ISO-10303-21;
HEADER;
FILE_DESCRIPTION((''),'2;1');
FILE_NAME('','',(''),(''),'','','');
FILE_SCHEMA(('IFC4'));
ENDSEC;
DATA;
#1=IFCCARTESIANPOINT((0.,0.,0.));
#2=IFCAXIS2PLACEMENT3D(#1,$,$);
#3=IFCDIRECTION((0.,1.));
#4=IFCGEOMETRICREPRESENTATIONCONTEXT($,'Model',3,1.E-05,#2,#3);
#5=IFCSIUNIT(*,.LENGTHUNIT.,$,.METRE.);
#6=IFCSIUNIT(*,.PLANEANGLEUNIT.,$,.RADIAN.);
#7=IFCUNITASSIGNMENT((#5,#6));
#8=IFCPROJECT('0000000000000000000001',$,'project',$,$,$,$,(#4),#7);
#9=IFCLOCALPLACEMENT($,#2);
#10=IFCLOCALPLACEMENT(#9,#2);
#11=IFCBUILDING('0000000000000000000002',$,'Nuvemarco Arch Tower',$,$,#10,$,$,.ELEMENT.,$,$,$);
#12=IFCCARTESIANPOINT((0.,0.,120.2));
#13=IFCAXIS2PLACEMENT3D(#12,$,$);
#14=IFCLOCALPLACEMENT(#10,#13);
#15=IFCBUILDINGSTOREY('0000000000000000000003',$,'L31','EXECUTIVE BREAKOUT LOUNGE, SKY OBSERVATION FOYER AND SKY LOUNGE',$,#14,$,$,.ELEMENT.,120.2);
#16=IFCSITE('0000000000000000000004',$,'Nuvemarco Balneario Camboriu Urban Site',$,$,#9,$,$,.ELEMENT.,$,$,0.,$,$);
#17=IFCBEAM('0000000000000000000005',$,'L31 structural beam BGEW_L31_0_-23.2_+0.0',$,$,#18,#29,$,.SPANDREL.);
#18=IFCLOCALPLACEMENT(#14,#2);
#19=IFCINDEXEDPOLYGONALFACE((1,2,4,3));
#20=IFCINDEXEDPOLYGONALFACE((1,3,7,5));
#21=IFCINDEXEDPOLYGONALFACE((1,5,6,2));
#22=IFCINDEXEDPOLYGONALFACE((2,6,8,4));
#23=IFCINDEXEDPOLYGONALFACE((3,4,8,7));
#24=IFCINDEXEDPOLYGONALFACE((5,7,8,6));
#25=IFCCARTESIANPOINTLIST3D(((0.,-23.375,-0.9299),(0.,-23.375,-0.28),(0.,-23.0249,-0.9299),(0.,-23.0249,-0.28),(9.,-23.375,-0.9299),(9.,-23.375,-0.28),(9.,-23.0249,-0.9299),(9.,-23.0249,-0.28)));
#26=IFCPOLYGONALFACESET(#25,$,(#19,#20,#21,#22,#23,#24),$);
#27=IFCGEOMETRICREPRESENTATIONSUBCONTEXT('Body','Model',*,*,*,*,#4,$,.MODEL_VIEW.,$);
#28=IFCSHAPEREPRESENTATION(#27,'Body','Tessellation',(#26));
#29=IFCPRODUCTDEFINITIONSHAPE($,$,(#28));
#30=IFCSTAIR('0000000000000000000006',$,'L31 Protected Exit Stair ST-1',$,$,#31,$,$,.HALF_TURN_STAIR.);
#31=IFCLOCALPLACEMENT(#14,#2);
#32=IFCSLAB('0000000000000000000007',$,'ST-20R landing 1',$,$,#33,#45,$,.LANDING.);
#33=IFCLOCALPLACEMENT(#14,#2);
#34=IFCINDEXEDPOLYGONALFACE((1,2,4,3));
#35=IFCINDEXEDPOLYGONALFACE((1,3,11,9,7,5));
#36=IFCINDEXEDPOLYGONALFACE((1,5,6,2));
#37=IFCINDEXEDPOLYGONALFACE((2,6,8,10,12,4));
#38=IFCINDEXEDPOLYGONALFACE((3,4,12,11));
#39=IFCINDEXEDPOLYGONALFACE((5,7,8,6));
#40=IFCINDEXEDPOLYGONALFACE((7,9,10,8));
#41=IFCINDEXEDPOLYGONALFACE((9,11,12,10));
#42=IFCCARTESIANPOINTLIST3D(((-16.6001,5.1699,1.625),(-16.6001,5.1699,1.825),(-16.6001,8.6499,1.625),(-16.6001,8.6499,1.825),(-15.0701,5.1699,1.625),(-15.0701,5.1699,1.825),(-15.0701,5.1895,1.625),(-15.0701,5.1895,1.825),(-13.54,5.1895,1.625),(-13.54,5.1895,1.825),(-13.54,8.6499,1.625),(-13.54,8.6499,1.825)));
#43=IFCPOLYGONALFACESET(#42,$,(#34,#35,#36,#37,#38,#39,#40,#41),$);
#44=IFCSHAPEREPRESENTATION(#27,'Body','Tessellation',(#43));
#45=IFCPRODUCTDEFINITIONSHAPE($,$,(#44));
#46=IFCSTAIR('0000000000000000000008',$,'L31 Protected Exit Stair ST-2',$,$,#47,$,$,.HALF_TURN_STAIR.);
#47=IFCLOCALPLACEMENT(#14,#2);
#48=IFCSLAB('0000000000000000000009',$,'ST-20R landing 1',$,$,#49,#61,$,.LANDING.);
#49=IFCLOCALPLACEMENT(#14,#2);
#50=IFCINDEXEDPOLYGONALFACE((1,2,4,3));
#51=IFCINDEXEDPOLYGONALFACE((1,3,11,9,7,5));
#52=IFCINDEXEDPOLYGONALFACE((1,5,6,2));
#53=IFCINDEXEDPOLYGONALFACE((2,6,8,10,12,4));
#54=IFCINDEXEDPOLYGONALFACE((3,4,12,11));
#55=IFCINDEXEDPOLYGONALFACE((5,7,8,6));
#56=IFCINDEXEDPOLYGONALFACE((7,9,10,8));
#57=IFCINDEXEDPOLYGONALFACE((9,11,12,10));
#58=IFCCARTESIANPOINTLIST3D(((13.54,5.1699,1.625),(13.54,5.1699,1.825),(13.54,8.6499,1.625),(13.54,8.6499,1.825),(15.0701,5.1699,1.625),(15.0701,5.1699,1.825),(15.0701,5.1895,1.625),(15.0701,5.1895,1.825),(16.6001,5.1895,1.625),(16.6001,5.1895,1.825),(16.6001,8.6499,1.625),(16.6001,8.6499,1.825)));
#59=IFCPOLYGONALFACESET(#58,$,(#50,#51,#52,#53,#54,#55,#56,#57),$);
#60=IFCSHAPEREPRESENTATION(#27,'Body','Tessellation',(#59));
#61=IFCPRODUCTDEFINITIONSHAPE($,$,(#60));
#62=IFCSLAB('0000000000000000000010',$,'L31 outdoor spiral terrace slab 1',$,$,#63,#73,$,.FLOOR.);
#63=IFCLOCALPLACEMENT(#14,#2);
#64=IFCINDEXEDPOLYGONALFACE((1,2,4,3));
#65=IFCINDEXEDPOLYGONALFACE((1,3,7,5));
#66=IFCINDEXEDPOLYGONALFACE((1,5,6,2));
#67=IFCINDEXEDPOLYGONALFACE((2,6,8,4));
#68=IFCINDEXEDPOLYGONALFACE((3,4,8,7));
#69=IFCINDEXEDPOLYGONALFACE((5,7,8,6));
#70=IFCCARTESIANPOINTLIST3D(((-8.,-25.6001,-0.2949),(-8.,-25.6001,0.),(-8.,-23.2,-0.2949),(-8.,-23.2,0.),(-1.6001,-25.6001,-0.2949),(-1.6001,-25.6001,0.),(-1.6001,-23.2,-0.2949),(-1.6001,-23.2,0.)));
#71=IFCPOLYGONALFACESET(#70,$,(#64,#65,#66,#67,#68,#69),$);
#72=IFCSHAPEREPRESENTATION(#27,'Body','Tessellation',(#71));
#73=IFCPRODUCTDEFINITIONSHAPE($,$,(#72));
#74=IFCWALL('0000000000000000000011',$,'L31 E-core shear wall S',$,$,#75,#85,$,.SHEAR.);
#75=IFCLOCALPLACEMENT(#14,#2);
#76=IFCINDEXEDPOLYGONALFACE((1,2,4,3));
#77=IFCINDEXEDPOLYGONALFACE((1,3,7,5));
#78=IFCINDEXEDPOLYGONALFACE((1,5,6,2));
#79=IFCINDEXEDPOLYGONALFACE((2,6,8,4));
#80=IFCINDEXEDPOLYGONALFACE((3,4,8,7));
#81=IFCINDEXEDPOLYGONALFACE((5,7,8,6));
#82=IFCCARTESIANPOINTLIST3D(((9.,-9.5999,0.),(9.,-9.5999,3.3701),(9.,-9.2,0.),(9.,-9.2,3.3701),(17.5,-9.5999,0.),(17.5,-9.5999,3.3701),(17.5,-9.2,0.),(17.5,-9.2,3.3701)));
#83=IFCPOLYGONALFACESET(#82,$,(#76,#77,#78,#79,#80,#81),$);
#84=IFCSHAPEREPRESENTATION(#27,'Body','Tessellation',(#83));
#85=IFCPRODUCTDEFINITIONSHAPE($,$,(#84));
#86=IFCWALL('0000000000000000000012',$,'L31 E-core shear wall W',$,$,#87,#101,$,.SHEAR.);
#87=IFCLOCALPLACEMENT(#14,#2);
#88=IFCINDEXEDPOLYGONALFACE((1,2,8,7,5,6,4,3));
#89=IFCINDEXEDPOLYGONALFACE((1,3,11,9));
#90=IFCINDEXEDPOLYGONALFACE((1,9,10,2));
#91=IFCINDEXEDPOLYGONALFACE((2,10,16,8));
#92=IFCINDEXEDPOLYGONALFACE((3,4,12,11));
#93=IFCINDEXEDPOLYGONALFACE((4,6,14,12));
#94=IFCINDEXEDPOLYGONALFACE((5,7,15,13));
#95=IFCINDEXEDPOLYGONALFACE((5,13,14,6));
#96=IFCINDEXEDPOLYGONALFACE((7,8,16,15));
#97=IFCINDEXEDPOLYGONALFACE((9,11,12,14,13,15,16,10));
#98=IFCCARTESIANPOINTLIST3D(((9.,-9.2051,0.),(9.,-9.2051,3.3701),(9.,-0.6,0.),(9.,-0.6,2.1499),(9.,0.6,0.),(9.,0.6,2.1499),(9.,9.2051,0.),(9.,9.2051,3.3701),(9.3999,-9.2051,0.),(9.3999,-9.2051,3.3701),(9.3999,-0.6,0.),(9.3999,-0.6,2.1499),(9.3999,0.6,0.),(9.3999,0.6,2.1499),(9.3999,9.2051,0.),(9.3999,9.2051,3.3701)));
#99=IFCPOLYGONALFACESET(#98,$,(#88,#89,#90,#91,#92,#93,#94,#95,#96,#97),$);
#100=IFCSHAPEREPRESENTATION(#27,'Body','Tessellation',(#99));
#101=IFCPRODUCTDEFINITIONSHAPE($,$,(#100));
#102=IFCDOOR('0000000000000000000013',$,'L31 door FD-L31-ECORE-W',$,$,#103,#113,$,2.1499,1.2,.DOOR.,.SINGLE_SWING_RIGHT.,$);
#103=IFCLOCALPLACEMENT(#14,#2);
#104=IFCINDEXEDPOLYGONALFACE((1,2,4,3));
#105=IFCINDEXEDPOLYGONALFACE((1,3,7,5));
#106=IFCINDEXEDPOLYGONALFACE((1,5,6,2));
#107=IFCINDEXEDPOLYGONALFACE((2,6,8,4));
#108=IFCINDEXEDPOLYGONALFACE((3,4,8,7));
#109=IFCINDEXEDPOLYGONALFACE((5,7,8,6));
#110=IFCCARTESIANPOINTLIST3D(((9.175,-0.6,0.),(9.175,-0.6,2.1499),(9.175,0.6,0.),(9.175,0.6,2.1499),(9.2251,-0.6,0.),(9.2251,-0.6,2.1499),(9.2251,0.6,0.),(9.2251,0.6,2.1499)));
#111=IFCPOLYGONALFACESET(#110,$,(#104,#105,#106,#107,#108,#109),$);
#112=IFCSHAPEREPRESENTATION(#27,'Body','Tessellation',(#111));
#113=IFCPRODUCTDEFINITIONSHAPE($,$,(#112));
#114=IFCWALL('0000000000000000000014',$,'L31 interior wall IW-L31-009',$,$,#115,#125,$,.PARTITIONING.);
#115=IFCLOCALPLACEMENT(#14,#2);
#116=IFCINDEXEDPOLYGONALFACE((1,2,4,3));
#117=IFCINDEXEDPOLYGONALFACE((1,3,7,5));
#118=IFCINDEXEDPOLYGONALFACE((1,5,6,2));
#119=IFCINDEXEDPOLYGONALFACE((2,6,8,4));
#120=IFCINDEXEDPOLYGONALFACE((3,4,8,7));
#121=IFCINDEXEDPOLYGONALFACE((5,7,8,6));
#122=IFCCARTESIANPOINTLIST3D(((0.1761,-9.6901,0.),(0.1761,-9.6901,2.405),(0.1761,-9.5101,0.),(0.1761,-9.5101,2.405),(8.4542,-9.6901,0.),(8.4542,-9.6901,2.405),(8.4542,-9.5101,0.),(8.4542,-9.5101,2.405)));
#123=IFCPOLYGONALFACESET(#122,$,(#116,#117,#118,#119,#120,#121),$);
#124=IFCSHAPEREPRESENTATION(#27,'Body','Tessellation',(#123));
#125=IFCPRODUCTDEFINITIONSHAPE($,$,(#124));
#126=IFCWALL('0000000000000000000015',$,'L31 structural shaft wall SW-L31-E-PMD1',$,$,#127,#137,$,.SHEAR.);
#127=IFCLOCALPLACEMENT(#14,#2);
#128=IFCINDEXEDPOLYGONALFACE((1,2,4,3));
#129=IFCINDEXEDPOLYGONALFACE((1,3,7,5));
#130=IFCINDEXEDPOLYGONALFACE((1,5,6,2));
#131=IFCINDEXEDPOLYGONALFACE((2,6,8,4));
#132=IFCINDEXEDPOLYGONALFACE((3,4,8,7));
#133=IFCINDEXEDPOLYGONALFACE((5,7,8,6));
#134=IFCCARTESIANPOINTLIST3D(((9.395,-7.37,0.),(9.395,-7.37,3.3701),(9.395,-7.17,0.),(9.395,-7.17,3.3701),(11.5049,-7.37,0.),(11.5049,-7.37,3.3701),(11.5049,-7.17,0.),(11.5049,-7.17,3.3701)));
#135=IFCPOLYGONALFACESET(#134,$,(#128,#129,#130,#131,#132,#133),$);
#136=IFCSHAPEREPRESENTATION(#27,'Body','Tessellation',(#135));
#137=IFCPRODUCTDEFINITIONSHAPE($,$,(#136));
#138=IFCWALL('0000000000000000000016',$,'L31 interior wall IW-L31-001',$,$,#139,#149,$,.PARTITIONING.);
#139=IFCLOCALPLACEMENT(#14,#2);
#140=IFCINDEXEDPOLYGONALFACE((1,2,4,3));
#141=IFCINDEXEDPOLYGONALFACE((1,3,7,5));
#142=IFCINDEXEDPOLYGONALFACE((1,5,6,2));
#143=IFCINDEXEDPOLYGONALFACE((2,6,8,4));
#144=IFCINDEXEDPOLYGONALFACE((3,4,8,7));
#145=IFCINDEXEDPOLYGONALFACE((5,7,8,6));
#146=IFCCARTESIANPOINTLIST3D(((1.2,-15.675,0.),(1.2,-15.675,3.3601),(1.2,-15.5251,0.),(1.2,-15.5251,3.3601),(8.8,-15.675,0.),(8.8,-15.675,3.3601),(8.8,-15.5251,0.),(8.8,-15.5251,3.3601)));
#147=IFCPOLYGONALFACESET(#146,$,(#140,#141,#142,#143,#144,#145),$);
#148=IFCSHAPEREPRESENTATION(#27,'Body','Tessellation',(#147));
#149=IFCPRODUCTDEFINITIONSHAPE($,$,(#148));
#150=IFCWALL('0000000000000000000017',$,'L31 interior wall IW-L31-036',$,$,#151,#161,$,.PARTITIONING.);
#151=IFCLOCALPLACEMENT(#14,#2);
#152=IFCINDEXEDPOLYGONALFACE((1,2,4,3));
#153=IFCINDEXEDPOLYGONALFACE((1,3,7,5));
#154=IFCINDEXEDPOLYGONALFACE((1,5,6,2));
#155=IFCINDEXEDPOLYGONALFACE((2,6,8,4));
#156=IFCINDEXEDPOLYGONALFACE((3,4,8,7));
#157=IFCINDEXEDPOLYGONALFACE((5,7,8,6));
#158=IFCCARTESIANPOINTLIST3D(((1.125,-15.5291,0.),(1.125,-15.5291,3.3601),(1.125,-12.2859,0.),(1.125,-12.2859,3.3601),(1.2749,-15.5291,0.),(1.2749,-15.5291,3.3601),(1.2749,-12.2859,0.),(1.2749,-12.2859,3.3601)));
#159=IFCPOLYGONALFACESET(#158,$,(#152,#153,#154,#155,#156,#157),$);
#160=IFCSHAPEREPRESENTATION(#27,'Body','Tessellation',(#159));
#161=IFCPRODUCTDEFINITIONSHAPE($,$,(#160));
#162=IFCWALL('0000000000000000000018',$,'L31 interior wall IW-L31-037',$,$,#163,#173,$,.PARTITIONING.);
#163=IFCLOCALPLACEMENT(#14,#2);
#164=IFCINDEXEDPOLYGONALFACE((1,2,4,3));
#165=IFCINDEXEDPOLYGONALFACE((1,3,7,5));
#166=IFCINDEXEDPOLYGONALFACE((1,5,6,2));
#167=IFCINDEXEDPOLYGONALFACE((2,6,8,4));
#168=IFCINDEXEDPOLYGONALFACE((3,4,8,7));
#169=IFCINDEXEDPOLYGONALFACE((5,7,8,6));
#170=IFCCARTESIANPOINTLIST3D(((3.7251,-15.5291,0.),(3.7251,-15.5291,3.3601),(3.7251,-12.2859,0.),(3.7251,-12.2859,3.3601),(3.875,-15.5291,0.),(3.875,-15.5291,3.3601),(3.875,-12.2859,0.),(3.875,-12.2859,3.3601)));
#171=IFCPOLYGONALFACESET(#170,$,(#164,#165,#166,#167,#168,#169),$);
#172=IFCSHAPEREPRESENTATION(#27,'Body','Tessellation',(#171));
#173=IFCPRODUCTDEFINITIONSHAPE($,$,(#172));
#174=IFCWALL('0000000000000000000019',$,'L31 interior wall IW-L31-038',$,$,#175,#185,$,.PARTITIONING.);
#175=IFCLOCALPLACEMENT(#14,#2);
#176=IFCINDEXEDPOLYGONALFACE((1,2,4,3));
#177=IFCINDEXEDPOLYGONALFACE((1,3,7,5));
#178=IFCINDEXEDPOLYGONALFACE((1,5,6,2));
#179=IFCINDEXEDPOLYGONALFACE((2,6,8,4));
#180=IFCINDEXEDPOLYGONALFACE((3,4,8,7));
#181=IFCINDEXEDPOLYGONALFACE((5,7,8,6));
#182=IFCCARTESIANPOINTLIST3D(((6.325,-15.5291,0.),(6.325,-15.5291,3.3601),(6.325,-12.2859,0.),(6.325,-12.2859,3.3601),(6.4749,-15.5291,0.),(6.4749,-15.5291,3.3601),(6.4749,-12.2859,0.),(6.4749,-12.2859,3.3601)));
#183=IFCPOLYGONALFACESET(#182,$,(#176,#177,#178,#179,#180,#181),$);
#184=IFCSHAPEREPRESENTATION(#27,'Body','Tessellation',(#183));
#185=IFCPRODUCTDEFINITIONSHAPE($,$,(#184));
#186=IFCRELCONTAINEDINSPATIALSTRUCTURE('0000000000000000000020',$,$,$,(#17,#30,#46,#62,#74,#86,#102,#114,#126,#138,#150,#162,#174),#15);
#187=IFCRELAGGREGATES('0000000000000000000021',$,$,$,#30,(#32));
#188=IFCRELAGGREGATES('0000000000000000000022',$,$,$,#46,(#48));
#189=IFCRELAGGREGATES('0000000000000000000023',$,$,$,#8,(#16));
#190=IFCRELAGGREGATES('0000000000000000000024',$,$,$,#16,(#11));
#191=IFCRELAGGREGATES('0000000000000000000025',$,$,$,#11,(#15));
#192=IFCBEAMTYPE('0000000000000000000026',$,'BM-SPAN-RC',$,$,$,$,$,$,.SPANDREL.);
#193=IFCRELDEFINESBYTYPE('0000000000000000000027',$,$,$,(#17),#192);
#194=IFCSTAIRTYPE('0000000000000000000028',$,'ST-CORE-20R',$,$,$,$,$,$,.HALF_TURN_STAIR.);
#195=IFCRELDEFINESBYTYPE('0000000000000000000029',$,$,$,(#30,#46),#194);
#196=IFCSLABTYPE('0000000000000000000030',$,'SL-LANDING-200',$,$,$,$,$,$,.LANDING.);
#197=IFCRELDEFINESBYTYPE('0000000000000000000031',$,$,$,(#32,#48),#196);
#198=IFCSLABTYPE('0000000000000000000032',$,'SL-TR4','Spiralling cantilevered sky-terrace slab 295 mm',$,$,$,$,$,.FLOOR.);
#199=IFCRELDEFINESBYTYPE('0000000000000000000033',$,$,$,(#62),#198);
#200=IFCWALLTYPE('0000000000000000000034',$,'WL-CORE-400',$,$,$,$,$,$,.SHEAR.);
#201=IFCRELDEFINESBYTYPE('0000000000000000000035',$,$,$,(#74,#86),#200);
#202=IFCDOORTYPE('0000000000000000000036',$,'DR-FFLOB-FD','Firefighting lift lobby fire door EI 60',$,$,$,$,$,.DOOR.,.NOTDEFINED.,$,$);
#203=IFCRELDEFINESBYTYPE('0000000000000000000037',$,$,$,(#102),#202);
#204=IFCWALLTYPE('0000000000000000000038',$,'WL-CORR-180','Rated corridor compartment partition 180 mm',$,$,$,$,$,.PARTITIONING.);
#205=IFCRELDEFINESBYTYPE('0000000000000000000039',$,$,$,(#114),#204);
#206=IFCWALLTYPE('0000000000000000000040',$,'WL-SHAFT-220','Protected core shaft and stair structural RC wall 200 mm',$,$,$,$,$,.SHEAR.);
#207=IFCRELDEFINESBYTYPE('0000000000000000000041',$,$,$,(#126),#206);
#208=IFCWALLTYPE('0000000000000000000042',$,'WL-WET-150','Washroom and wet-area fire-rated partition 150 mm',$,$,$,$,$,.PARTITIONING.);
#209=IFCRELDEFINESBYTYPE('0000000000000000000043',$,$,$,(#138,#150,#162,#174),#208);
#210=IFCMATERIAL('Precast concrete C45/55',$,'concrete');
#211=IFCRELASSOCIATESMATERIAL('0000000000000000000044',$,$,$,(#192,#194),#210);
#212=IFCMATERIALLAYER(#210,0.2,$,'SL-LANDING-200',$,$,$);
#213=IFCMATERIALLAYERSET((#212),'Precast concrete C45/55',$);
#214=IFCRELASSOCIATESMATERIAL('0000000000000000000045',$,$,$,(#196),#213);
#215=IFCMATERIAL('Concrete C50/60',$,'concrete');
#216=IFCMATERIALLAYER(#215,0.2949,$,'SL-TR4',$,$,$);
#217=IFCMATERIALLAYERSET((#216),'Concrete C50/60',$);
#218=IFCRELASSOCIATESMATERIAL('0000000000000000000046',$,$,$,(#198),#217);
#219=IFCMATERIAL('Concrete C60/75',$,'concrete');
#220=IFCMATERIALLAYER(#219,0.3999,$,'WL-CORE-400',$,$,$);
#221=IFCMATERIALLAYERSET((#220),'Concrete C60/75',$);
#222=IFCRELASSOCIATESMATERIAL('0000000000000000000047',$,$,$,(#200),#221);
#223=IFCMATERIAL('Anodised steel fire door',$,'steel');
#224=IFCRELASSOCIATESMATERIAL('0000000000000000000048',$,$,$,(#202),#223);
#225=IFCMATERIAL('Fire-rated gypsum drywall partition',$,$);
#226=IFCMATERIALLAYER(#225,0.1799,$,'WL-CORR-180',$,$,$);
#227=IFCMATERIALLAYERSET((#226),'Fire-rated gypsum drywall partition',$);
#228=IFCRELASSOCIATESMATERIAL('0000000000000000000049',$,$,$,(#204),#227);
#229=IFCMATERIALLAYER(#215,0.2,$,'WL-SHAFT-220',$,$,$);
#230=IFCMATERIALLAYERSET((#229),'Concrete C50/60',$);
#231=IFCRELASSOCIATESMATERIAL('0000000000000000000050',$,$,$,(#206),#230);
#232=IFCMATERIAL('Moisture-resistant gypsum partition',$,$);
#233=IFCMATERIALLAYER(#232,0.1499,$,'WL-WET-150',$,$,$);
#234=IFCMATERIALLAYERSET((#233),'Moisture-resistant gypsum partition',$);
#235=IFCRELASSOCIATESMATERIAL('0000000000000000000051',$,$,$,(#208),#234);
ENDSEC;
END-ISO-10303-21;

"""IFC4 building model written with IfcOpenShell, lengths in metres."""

from ifc_helpers import new_model, si_unit, direction, frame, frame_2d, origin, origin_2d, place, context, subcontext, project, spatial, polyline, rectangle, outline, extrude, source, transform, mapped, material, layer, layer_set, material_profile, profile_set, type_object, type_shapes, element, fill, aggregate, save


model = new_model("IFC4")

# Units and contexts
model_context = context("Model", 3, precision=1e-05, world=origin(), true_north=direction((0.0, 1.0)))
body_context = subcontext(model_context, "Body", "Model", "MODEL_VIEW")
ifc_project = project(units=[si_unit("LENGTHUNIT", "METRE"), si_unit("PLANEANGLEUNIT", "RADIAN")], contexts=[model_context])

# Site, building, storey
site_placement = place(None, origin())
site = spatial("IfcSite", under=ifc_project, at=site_placement, Name="Nuvemarco Balneario Camboriu Urban Site", CompositionType="ELEMENT", RefElevation=0.0)
building_placement = place(site_placement, origin())
building = spatial("IfcBuilding", under=site, at=building_placement, Name="Nuvemarco Arch Tower", CompositionType="ELEMENT")
storey_placement = place(building_placement, frame((0.0, 0.0, 120.2)))
storey = spatial("IfcBuildingStorey", under=building, at=storey_placement, Name="L31", Description="EXECUTIVE BREAKOUT LOUNGE, SKY OBSERVATION FOYER AND SKY LOUNGE", CompositionType="ELEMENT", Elevation=120.2)

# Shared definitions
ifc_material_1 = material(Name="Concrete C60/75", Category="concrete")

# Beam
ifc_material_2 = material(Name="Precast concrete C45/55", Category="concrete")
ifc_material_profile_1 = material_profile(ifc_material_2, rectangle(XDim=0.3501, YDim=0.6499, at=origin_2d()), Name="PC-SP-350x650")
ifc_profile_set_1 = profile_set([ifc_material_profile_1], Name="Precast concrete C45/55")
beam_type_1 = type_object("IfcBeamType", Name="BM-SPAN-RC", PredefinedType="SPANDREL", material=ifc_profile_set_1)
beam_1_placement = place(storey_placement, frame((0.0, -23.2, -0.605), z_axis=(1.0, 0.0, 0.0), x_axis=(0.0, 1.0, 0.0)))
element("IfcBeam", 1, at=beam_1_placement, inside=storey, type_object=beam_type_1, Name="L31 structural beam BGEW_L31_0_-23.2_+0.0", PredefinedType="SPANDREL", context=body_context, shape_type="SweptSolid", body=[
    extrude(rectangle(XDim=0.3501, YDim=0.6499, at=origin_2d()), origin(), (0.0, 0.0, 1.0), 9.0),
])

# Stairs, slabs
stair_type = type_object("IfcStairType", Name="ST-CORE-20R", PredefinedType="HALF_TURN_STAIR", material=ifc_material_2)
stair_1_placement = place(storey_placement, origin())
stair_1 = element("IfcStair", 2, at=stair_1_placement, inside=storey, type_object=stair_type, Name="L31 Protected Exit Stair ST-1", PredefinedType="HALF_TURN_STAIR")
ifc_layer_1 = layer(ifc_material_2, 0.2, Name="SL-LANDING-200")
ifc_layer_set_1 = layer_set([ifc_layer_1], Name="Precast concrete C45/55")
slab_type_1 = type_object("IfcSlabType", Name="SL-LANDING-200", PredefinedType="LANDING", material=ifc_layer_set_1)
slab_1_placement = place(storey_placement, frame((0.0, 0.0, 1.625)))
slab_1 = element("IfcSlab", 3, at=slab_1_placement, type_object=slab_type_1, Name="ST-20R landing 1", PredefinedType="LANDING", context=body_context, shape_type="SweptSolid", body=[
    extrude(outline(polyline([(-13.54, 5.1895), (-13.54, 8.6499), (-16.6001, 8.6499), (-16.6001, 5.1699), (-15.0701, 5.1699), (-15.0701, 5.1895), (-13.54, 5.1895)])), origin(), (0.0, 0.0, 1.0), 0.2),
])
aggregate(stair_1, [slab_1])
stair_2_placement = place(storey_placement, origin())
stair_2 = element("IfcStair", 4, at=stair_2_placement, inside=storey, type_object=stair_type, Name="L31 Protected Exit Stair ST-2", PredefinedType="HALF_TURN_STAIR")
slab_2_placement = place(storey_placement, frame((0.0, 0.0, 1.625)))
slab_2 = element("IfcSlab", 5, at=slab_2_placement, type_object=slab_type_1, Name="ST-20R landing 1", PredefinedType="LANDING", context=body_context, shape_type="SweptSolid", body=[
    extrude(outline(polyline([(16.6001, 5.1895), (16.6001, 8.6499), (13.54, 8.6499), (13.54, 5.1699), (15.0701, 5.1699), (15.0701, 5.1895), (16.6001, 5.1895)])), origin(), (0.0, 0.0, 1.0), 0.2),
])
aggregate(stair_2, [slab_2])

# Slab
ifc_material_3 = material(Name="Concrete C50/60", Category="concrete")
ifc_layer_2 = layer(ifc_material_3, 0.2949, Name="SL-TR4")
ifc_layer_set_2 = layer_set([ifc_layer_2], Name="Concrete C50/60")
slab_type_2 = type_object("IfcSlabType", Name="SL-TR4", Description="Spiralling cantilevered sky-terrace slab 295 mm", PredefinedType="FLOOR", material=ifc_layer_set_2)
slab_3_placement = place(storey_placement, frame((0.0, 0.0, -0.2949)))
element("IfcSlab", 6, at=slab_3_placement, inside=storey, type_object=slab_type_2, Name="L31 outdoor spiral terrace slab 1", PredefinedType="FLOOR", context=body_context, shape_type="SweptSolid", body=[
    extrude(outline(polyline([(-8.0, -25.6001), (-1.6001, -25.6001), (-1.6001, -23.2), (-8.0, -23.2), (-8.0, -25.6001)])), origin(), (0.0, 0.0, 1.0), 0.2949),
])

# Wall
ifc_layer_3 = layer(ifc_material_1, 0.3999, Name="WL-CORE-400")
ifc_layer_set_3 = layer_set([ifc_layer_3], Name="Concrete C60/75")
wall_type_1 = type_object("IfcWallType", Name="WL-CORE-400", PredefinedType="SHEAR", material=ifc_layer_set_3)
wall_1_placement = place(storey_placement, frame((9.0, -9.3999, 0.0), z_axis=(0.0, 0.0, 1.0), x_axis=(1.0, 0.0, 0.0)))
element("IfcWall", 7, at=wall_1_placement, inside=storey, type_object=wall_type_1, Name="L31 E-core shear wall S", PredefinedType="SHEAR", context=body_context, shape_type="SweptSolid", body=[
    extrude(rectangle(XDim=8.5, YDim=0.3999, at=frame_2d((4.25, 0.0))), origin(), (0.0, 0.0, 1.0), 3.3701),
])

# Wall, opening, door
wall_2_placement = place(storey_placement, frame((9.2, -9.2051, 0.0), z_axis=(0.0, 0.0, 1.0), x_axis=(0.0, 1.0, 0.0)))
wall_2 = element("IfcWall", 8, at=wall_2_placement, inside=storey, type_object=wall_type_1, Name="L31 E-core shear wall W", PredefinedType="SHEAR", context=body_context, shape_type="SweptSolid", body=[
    extrude(rectangle(XDim=18.4102, YDim=0.3999, at=frame_2d((9.2051, 0.0))), origin(), (0.0, 0.0, 1.0), 3.3701),
])
opening_placement = place(wall_2_placement, frame((8.605, 0.0, 0.0)))
opening = element("IfcOpeningElement", 9, at=opening_placement, cuts=wall_2, PredefinedType="OPENING", context=body_context, shape_type="SweptSolid", body=[
    extrude(rectangle(XDim=1.2, YDim=2.1499, at=frame_2d((0.6001, 1.075))), frame((0.0, 0.21, 0.0), z_axis=(0.0, -1.0, 0.0), x_axis=(1.0, 0.0, 0.0)), (0.0, 0.0, 1.0), 0.4199),
])
ifc_material_4 = material(Name="Anodised steel fire door", Category="steel")
door_type = type_object("IfcDoorType", Name="DR-FFLOB-FD", Description="Firefighting lift lobby fire door EI 60", OperationType="NOTDEFINED", PredefinedType="DOOR", material=ifc_material_4)
shared_shape_1 = source(origin(), body_context, "Body", "SweptSolid", [
    extrude(rectangle(XDim=1.2, YDim=2.1499, at=frame_2d((0.6001, 1.075))), frame((0.0, 0.0249, 0.0), z_axis=(0.0, -1.0, 0.0), x_axis=(1.0, 0.0, 0.0)), (0.0, 0.0, 1.0), 0.05),
])
type_shapes(door_type, [shared_shape_1])
door_placement = place(opening_placement, origin())
door = element("IfcDoor", 10, at=door_placement, inside=storey, type_object=door_type, Name="L31 door FD-L31-ECORE-W", OperationType="SINGLE_SWING_RIGHT", OverallHeight=2.1499, OverallWidth=1.2, PredefinedType="DOOR", context=body_context, shape_type="MappedRepresentation", body=[
    mapped(shared_shape_1, transform((0.0, 0.0, 0.0), scale=1.0)),
])
fill(opening, door)

# Walls
ifc_material_5 = material(Name="Fire-rated gypsum drywall partition")
ifc_layer_4 = layer(ifc_material_5, 0.1799, Name="WL-CORR-180")
ifc_layer_set_4 = layer_set([ifc_layer_4], Name="Fire-rated gypsum drywall partition")
wall_type_2 = type_object("IfcWallType", Name="WL-CORR-180", Description="Rated corridor compartment partition 180 mm", PredefinedType="PARTITIONING", material=ifc_layer_set_4)
wall_3_placement = place(storey_placement, frame((0.176, -9.6001, 0.0), z_axis=(0.0, 0.0, 1.0), x_axis=(1.0, 0.0, 0.0)))
element("IfcWall", 11, at=wall_3_placement, inside=storey, type_object=wall_type_2, Name="L31 interior wall IW-L31-009", PredefinedType="PARTITIONING", context=body_context, shape_type="SweptSolid", body=[
    extrude(rectangle(XDim=8.2781, YDim=0.1799, at=frame_2d((4.1392, 0.0))), origin(), (0.0, 0.0, 1.0), 2.405),
])
ifc_layer_5 = layer(ifc_material_3, 0.2, Name="WL-SHAFT-220")
ifc_layer_set_5 = layer_set([ifc_layer_5], Name="Concrete C50/60")
wall_type_3 = type_object("IfcWallType", Name="WL-SHAFT-220", Description="Protected core shaft and stair structural RC wall 200 mm", PredefinedType="SHEAR", material=ifc_layer_set_5)
wall_4_placement = place(storey_placement, frame((9.395, -7.27, 0.0), z_axis=(0.0, 0.0, 1.0), x_axis=(1.0, 0.0, 0.0)))
element("IfcWall", 12, at=wall_4_placement, inside=storey, type_object=wall_type_3, Name="L31 structural shaft wall SW-L31-E-PMD1", PredefinedType="SHEAR", context=body_context, shape_type="SweptSolid", body=[
    extrude(rectangle(XDim=2.1099, YDim=0.2, at=frame_2d((1.0549, 0.0))), origin(), (0.0, 0.0, 1.0), 3.3701),
])
ifc_material_6 = material(Name="Moisture-resistant gypsum partition")
ifc_layer_6 = layer(ifc_material_6, 0.1499, Name="WL-WET-150")
ifc_layer_set_6 = layer_set([ifc_layer_6], Name="Moisture-resistant gypsum partition")
wall_type_4 = type_object("IfcWallType", Name="WL-WET-150", Description="Washroom and wet-area fire-rated partition 150 mm", PredefinedType="PARTITIONING", material=ifc_layer_set_6)
wall_5_placement = place(storey_placement, frame((1.2, -15.6001, 0.0), z_axis=(0.0, 0.0, 1.0), x_axis=(1.0, 0.0, 0.0)))
element("IfcWall", 13, at=wall_5_placement, inside=storey, type_object=wall_type_4, Name="L31 interior wall IW-L31-001", PredefinedType="PARTITIONING", context=body_context, shape_type="SweptSolid", body=[
    extrude(rectangle(XDim=7.6001, YDim=0.1499, at=frame_2d((3.8, 0.0))), origin(), (0.0, 0.0, 1.0), 3.3601),
])
for number, where, z_axis, x_axis, name in (
    (14, (1.2, -15.5291, 0.0), (0.0, 0.0, 1.0), (0.0, 1.0, 0.0), "L31 interior wall IW-L31-036"),
    (15, (3.8, -15.5291, 0.0), (0.0, 0.0, 1.0), (0.0, 1.0, 0.0), "L31 interior wall IW-L31-037"),
    (16, (6.3999, -15.5291, 0.0), (0.0, 0.0, 1.0), (0.0, 1.0, 0.0), "L31 interior wall IW-L31-038"),
):
    element("IfcWall", number, at=place(storey_placement, frame(where, z_axis=z_axis, x_axis=x_axis)), inside=storey, type_object=wall_type_4, Name=name, PredefinedType="PARTITIONING", context=body_context, shape_type="SweptSolid", body=[
        extrude(rectangle(XDim=3.2432, YDim=0.1499, at=frame_2d((1.6216, 0.0))), origin(), (0.0, 0.0, 1.0), 3.3601),
    ])

save(model, "model.ifc")
